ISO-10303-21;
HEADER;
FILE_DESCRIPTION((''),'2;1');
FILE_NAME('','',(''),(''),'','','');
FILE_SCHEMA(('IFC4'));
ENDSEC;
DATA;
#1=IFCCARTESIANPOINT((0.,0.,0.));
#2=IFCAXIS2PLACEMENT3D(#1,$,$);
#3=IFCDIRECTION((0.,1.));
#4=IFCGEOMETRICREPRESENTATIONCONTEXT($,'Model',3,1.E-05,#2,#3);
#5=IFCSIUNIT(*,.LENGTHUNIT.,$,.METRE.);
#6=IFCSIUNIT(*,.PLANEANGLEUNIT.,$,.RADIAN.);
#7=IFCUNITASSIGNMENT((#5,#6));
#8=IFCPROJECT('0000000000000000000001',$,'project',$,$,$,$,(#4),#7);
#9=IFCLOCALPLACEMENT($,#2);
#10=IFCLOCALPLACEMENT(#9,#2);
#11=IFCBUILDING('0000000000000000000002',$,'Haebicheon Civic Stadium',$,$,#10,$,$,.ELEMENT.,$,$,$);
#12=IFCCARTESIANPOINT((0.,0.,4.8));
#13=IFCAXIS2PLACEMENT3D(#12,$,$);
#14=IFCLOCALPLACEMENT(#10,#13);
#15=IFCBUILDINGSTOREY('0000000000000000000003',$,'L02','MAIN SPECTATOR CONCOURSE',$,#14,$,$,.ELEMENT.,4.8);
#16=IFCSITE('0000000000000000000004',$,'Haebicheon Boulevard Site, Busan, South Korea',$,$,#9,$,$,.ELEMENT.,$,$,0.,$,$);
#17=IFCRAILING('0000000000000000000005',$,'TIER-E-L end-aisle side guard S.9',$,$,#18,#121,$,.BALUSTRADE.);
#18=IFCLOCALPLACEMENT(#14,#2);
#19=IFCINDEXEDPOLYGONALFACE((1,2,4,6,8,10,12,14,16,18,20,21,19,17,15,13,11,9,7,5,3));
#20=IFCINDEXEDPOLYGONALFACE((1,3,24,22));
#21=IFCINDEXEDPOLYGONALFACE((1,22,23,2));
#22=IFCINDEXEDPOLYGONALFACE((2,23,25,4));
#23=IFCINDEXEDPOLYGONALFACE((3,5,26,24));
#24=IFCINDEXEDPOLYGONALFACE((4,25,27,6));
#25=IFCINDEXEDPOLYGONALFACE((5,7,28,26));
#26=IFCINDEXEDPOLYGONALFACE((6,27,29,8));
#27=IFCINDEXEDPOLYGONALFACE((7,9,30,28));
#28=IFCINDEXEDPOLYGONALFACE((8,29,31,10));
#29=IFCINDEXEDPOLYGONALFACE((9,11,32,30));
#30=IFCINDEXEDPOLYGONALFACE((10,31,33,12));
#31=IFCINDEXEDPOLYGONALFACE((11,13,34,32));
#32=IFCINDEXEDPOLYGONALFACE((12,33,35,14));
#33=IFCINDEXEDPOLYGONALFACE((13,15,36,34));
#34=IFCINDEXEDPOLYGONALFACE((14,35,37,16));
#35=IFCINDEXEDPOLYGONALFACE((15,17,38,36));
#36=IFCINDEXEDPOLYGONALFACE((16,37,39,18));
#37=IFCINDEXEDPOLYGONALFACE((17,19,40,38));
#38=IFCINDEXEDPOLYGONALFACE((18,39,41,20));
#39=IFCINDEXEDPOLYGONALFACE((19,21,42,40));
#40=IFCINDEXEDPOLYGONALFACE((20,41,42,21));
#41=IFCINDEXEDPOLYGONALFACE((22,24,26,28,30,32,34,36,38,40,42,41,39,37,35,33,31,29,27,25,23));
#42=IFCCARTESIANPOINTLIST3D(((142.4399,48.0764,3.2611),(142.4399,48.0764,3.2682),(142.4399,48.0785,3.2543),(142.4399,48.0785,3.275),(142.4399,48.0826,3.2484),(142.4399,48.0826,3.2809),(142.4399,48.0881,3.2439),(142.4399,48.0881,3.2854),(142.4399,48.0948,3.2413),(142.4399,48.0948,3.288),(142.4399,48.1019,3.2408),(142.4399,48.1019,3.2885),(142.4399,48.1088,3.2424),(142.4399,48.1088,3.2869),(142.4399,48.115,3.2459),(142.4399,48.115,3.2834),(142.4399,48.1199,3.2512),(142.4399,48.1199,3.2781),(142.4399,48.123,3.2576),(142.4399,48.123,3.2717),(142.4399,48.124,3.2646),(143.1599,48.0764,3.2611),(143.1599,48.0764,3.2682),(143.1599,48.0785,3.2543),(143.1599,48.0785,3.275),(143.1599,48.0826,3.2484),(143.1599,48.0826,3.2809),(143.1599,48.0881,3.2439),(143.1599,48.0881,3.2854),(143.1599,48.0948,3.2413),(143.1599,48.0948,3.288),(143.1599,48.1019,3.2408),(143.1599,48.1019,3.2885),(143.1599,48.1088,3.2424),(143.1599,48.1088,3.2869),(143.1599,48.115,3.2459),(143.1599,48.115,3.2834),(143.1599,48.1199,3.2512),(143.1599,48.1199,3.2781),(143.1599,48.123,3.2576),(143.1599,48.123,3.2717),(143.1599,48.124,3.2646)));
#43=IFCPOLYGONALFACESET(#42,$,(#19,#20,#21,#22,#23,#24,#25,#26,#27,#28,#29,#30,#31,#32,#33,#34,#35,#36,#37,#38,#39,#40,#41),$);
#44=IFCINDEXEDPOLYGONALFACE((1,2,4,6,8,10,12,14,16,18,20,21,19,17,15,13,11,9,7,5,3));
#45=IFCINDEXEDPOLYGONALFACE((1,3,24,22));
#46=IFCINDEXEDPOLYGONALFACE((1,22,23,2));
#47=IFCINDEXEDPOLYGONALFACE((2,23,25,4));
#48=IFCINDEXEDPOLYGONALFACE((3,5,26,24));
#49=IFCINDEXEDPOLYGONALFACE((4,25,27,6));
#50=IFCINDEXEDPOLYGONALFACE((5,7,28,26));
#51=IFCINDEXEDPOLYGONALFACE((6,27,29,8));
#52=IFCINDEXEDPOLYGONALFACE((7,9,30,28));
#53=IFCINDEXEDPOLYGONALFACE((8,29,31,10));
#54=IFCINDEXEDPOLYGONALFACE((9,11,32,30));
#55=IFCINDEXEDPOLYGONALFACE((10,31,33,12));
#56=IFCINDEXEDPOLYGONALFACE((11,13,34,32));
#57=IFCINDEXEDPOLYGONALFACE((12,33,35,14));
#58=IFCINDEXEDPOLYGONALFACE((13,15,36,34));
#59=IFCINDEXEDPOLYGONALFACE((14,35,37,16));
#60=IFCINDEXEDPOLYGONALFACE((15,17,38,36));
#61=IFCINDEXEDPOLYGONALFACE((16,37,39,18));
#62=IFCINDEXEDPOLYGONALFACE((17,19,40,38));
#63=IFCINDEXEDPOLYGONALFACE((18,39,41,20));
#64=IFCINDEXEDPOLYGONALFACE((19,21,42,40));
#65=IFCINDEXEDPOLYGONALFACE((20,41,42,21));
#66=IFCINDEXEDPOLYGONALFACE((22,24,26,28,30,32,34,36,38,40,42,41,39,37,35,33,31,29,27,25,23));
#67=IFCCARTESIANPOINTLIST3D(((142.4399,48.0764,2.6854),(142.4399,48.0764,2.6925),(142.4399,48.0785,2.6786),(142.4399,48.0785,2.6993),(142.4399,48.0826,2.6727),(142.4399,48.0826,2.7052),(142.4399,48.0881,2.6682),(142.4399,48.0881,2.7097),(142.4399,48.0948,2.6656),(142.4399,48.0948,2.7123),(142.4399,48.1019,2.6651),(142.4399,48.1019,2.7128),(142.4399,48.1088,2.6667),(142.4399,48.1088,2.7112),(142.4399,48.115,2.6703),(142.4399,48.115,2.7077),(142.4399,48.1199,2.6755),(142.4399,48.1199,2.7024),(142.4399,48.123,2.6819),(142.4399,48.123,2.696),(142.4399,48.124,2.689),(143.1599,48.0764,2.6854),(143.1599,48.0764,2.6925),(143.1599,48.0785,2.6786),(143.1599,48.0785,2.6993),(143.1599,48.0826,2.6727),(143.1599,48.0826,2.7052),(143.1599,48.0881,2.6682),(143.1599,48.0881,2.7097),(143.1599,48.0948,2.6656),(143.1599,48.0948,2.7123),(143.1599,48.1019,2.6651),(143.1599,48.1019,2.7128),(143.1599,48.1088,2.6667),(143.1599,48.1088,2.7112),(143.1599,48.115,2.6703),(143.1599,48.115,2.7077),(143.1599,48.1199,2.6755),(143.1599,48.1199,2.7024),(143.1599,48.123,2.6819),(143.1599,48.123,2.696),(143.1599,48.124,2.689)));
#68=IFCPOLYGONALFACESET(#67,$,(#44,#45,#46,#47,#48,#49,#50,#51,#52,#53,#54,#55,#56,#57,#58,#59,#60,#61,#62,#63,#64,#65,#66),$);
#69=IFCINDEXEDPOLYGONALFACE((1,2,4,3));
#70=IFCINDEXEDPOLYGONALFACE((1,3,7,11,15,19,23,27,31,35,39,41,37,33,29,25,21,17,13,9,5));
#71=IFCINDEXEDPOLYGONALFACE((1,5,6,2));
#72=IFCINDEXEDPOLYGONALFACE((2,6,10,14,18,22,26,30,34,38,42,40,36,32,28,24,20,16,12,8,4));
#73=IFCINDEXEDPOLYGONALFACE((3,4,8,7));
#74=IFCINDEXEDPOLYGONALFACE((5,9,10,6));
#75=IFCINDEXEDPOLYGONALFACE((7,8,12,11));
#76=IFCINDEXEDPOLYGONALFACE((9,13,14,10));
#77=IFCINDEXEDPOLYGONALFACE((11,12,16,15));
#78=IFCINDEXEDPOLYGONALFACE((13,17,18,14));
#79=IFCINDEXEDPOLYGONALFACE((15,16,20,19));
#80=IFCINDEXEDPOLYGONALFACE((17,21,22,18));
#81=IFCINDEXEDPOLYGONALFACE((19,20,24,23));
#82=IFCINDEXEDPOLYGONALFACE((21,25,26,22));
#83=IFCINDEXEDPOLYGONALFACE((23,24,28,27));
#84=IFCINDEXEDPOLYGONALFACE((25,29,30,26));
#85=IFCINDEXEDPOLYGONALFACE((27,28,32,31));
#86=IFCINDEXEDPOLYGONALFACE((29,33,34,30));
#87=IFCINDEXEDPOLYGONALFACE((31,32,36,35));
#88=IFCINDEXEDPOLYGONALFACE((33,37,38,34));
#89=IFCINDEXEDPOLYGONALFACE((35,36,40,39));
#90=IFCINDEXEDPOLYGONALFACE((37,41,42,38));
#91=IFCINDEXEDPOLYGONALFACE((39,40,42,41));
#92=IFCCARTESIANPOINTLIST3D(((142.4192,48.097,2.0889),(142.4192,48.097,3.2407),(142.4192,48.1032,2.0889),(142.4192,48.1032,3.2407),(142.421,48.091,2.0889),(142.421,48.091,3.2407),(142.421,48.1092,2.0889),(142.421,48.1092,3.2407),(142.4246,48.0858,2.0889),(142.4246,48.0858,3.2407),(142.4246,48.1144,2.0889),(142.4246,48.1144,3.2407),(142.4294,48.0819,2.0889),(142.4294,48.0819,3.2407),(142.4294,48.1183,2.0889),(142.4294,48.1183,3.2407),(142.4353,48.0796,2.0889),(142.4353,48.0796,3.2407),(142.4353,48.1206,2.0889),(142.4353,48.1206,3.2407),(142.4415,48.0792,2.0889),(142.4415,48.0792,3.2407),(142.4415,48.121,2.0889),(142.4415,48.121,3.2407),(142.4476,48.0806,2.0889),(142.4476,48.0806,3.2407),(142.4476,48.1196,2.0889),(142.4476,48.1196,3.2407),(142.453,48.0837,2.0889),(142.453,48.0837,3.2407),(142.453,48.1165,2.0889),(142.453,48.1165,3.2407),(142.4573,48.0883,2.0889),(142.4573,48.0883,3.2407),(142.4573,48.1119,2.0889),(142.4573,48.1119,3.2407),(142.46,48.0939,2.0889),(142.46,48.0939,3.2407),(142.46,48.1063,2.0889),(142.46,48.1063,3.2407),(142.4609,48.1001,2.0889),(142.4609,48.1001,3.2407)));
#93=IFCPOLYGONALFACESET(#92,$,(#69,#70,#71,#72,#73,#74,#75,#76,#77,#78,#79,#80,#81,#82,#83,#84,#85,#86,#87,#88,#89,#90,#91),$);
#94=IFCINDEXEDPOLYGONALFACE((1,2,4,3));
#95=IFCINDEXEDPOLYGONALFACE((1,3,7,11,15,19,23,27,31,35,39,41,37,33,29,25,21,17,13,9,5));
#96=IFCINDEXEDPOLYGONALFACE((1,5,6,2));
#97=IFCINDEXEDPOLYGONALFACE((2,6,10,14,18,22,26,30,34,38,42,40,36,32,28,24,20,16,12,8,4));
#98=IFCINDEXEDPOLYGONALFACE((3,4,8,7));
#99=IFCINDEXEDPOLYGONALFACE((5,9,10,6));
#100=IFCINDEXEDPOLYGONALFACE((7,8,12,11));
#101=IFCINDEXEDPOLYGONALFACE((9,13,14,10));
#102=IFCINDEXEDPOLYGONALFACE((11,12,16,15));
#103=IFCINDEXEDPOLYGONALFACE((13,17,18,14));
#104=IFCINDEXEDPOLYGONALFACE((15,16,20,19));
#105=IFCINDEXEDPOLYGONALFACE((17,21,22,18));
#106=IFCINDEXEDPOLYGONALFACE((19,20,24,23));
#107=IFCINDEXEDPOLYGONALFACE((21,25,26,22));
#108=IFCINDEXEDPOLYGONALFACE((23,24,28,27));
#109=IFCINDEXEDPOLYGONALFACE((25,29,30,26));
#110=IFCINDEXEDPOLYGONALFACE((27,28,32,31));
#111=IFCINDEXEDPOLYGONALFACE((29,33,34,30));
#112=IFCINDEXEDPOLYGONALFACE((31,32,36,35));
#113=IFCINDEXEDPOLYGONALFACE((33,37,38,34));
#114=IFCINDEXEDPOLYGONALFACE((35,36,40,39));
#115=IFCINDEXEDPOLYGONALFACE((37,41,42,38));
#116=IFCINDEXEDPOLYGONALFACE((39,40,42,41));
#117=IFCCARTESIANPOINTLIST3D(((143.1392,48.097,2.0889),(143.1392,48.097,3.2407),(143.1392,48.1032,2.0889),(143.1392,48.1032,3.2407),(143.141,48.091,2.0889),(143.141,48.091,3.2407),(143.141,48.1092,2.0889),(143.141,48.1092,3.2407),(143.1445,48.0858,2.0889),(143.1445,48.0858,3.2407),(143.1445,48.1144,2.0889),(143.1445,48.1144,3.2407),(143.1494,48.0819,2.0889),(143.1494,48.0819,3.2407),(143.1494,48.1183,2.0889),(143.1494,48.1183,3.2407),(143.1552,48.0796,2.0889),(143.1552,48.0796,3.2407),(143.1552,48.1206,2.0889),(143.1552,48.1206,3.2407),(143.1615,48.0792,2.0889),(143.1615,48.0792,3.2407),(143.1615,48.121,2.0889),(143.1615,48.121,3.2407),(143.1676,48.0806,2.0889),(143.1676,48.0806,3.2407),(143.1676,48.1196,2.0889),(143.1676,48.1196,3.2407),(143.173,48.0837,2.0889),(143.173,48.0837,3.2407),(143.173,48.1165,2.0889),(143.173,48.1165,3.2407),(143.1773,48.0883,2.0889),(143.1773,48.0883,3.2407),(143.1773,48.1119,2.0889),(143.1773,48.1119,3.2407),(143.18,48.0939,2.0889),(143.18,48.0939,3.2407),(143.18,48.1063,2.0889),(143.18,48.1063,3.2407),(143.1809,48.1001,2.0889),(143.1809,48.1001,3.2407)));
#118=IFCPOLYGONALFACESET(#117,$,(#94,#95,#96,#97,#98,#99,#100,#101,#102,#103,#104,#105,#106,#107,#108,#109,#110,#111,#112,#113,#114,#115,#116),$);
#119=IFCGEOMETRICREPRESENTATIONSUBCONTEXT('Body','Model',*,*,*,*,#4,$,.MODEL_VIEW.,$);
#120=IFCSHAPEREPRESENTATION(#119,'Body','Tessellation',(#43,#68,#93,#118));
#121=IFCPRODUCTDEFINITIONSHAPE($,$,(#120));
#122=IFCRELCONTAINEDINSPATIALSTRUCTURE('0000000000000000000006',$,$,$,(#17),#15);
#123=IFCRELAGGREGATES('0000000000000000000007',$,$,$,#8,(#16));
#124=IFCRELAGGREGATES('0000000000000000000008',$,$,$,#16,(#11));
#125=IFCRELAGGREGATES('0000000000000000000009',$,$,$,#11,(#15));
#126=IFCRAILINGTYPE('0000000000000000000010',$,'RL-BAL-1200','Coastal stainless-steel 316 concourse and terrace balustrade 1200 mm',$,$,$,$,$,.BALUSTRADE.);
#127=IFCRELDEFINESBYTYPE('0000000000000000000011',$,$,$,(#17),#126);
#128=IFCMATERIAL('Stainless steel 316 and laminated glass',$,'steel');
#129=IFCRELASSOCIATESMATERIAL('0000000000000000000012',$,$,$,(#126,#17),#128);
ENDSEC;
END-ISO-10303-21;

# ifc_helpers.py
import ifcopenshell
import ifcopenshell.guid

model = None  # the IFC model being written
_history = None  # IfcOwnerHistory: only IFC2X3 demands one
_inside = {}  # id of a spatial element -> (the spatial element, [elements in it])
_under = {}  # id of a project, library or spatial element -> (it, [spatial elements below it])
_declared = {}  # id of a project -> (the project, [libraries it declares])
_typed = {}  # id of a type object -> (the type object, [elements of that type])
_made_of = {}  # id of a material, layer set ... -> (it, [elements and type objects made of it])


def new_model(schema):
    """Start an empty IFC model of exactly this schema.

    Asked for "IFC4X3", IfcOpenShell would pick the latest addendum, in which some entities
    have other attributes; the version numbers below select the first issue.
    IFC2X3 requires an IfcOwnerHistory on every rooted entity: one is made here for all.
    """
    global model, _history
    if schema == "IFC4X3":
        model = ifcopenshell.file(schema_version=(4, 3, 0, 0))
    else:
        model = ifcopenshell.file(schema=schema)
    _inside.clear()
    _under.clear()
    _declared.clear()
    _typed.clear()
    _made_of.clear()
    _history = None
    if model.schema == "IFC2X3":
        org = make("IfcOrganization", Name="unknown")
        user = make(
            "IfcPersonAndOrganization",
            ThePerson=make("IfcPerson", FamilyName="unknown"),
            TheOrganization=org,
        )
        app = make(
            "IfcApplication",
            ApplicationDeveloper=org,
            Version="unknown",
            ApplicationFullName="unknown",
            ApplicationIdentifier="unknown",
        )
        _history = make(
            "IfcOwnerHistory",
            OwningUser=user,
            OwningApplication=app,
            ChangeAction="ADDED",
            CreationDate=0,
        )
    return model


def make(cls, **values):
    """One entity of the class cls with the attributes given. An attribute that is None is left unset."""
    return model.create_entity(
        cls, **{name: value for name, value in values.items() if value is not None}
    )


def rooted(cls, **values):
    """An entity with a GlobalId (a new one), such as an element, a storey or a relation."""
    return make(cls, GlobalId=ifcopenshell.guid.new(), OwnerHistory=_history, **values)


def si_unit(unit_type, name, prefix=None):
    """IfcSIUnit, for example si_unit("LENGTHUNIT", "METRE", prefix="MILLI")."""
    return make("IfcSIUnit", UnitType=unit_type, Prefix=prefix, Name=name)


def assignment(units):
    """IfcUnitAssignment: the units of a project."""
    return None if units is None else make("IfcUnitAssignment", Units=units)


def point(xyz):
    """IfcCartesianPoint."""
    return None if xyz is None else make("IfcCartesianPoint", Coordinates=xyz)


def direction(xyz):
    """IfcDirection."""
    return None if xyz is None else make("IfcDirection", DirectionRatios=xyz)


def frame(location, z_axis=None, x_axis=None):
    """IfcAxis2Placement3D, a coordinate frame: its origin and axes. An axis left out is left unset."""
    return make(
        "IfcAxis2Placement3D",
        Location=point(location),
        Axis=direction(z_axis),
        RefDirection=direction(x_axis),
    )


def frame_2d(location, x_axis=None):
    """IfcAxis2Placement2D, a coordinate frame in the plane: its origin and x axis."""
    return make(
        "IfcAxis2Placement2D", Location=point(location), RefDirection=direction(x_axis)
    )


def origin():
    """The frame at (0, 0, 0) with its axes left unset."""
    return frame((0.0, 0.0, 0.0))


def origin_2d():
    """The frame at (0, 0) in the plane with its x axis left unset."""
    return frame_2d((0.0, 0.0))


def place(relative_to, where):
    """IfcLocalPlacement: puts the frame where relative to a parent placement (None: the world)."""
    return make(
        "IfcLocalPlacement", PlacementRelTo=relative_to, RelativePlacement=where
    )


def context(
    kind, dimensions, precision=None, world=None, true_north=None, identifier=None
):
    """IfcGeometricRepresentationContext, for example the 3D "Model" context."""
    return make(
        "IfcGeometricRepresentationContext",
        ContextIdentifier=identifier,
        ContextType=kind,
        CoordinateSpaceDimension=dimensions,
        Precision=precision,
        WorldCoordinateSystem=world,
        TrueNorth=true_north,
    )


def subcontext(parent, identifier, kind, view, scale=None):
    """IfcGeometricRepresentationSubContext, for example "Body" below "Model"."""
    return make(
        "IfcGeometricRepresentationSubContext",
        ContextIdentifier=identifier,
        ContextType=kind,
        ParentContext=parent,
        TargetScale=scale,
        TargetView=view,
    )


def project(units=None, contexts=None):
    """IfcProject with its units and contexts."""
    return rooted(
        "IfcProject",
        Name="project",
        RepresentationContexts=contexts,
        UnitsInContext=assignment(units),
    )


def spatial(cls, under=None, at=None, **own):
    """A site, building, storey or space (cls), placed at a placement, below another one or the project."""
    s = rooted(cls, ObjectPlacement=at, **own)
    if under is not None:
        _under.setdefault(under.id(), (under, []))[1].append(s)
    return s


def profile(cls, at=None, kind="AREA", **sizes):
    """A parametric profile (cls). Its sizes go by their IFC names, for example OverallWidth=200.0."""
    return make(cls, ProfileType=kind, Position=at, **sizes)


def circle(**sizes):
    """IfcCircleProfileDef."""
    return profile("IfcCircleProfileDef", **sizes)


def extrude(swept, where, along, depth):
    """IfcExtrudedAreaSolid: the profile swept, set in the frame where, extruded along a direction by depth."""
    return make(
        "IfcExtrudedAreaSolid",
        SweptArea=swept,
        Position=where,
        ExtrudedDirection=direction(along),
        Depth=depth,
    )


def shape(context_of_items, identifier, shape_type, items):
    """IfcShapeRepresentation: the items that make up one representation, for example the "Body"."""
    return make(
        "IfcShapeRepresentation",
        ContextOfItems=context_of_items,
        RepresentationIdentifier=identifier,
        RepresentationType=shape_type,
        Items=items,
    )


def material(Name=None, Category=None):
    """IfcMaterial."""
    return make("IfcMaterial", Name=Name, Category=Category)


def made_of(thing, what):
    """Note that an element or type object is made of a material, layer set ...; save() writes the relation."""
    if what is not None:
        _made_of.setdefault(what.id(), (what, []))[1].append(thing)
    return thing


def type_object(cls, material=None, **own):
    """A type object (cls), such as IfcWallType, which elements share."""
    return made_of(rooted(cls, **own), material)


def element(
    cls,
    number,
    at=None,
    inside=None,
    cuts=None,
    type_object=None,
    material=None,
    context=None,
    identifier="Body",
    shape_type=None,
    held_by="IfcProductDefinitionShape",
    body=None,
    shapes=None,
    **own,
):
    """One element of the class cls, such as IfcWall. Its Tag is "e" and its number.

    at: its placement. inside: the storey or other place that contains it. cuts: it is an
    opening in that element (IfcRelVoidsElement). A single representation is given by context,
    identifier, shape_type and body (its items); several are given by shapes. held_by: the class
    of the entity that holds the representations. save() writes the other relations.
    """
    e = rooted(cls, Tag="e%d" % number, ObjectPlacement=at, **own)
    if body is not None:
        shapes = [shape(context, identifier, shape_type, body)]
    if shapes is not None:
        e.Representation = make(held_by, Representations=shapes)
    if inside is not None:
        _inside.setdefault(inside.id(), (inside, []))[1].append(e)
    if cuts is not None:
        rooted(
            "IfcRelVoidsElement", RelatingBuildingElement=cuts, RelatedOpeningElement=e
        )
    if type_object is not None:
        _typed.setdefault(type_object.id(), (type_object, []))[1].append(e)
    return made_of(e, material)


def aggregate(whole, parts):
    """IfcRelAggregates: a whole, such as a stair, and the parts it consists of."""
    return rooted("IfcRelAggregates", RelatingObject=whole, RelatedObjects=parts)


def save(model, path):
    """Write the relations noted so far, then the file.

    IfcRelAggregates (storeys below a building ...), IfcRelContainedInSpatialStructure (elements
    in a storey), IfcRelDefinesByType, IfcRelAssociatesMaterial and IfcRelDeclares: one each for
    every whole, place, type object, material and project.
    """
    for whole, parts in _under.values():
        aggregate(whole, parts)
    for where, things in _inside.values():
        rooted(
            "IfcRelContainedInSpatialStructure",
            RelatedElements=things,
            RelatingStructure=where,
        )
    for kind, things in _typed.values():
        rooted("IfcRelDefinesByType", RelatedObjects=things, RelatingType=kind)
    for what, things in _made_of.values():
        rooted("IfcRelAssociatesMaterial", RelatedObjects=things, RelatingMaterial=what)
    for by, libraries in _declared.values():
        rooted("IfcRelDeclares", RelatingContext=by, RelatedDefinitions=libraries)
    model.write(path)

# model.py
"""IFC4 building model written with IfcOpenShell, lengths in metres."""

from ifc_helpers import new_model, si_unit, direction, frame, origin, origin_2d, place, context, subcontext, project, spatial, circle, extrude, material, type_object, element, save


model = new_model("IFC4")

# Units and contexts
model_context = context("Model", 3, precision=1e-05, world=origin(), true_north=direction((0.0, 1.0)))
body_context = subcontext(model_context, "Body", "Model", "MODEL_VIEW")
ifc_project = project(units=[si_unit("LENGTHUNIT", "METRE"), si_unit("PLANEANGLEUNIT", "RADIAN")], contexts=[model_context])

# Site, building, storey
site_placement = place(None, origin())
site = spatial("IfcSite", under=ifc_project, at=site_placement, Name="Haebicheon Boulevard Site, Busan, South Korea", CompositionType="ELEMENT", RefElevation=0.0)
building_placement = place(site_placement, origin())
building = spatial("IfcBuilding", under=site, at=building_placement, Name="Haebicheon Civic Stadium", CompositionType="ELEMENT")
storey_placement = place(building_placement, frame((0.0, 0.0, 4.8)))
storey = spatial("IfcBuildingStorey", under=building, at=storey_placement, Name="L02", Description="MAIN SPECTATOR CONCOURSE", CompositionType="ELEMENT", Elevation=4.8)

# Railing
ifc_material_1 = material(Name="Stainless steel 316 and laminated glass", Category="steel")
railing_type = type_object("IfcRailingType", Name="RL-BAL-1200", Description="Coastal stainless-steel 316 concourse and terrace balustrade 1200 mm", PredefinedType="BALUSTRADE", material=ifc_material_1)
for number, where, name in (
    (1, (142.4399, 48.1001, 2.0889), "TIER-E-L end-aisle side guard S.9"),
):
    element("IfcRailing", number, at=place(storey_placement, frame(where)), inside=storey, type_object=railing_type, material=ifc_material_1, Name=name, PredefinedType="BALUSTRADE", context=body_context, shape_type="SweptSolid", body=[
        extrude(circle(Radius=0.0239, at=origin_2d()), frame((0.0, 0.0, 1.1758), z_axis=(1.0, 0.0, 0.0), x_axis=(0.0, 1.0, 0.0)), (0.0, 0.0, 1.0), 0.72),
        extrude(circle(Radius=0.0239, at=origin_2d()), frame((0.0, 0.0, 0.6001), z_axis=(1.0, 0.0, 0.0), x_axis=(0.0, 1.0, 0.0)), (0.0, 0.0, 1.0), 0.72),
        extrude(circle(Radius=0.021, at=origin_2d()), origin(), (0.0, 0.0, 1.0), 1.1519),
        extrude(circle(Radius=0.021, at=origin_2d()), frame((0.72, 0.0, 0.0)), (0.0, 0.0, 1.0), 1.1519),
    ])

save(model, "model.ifc")
